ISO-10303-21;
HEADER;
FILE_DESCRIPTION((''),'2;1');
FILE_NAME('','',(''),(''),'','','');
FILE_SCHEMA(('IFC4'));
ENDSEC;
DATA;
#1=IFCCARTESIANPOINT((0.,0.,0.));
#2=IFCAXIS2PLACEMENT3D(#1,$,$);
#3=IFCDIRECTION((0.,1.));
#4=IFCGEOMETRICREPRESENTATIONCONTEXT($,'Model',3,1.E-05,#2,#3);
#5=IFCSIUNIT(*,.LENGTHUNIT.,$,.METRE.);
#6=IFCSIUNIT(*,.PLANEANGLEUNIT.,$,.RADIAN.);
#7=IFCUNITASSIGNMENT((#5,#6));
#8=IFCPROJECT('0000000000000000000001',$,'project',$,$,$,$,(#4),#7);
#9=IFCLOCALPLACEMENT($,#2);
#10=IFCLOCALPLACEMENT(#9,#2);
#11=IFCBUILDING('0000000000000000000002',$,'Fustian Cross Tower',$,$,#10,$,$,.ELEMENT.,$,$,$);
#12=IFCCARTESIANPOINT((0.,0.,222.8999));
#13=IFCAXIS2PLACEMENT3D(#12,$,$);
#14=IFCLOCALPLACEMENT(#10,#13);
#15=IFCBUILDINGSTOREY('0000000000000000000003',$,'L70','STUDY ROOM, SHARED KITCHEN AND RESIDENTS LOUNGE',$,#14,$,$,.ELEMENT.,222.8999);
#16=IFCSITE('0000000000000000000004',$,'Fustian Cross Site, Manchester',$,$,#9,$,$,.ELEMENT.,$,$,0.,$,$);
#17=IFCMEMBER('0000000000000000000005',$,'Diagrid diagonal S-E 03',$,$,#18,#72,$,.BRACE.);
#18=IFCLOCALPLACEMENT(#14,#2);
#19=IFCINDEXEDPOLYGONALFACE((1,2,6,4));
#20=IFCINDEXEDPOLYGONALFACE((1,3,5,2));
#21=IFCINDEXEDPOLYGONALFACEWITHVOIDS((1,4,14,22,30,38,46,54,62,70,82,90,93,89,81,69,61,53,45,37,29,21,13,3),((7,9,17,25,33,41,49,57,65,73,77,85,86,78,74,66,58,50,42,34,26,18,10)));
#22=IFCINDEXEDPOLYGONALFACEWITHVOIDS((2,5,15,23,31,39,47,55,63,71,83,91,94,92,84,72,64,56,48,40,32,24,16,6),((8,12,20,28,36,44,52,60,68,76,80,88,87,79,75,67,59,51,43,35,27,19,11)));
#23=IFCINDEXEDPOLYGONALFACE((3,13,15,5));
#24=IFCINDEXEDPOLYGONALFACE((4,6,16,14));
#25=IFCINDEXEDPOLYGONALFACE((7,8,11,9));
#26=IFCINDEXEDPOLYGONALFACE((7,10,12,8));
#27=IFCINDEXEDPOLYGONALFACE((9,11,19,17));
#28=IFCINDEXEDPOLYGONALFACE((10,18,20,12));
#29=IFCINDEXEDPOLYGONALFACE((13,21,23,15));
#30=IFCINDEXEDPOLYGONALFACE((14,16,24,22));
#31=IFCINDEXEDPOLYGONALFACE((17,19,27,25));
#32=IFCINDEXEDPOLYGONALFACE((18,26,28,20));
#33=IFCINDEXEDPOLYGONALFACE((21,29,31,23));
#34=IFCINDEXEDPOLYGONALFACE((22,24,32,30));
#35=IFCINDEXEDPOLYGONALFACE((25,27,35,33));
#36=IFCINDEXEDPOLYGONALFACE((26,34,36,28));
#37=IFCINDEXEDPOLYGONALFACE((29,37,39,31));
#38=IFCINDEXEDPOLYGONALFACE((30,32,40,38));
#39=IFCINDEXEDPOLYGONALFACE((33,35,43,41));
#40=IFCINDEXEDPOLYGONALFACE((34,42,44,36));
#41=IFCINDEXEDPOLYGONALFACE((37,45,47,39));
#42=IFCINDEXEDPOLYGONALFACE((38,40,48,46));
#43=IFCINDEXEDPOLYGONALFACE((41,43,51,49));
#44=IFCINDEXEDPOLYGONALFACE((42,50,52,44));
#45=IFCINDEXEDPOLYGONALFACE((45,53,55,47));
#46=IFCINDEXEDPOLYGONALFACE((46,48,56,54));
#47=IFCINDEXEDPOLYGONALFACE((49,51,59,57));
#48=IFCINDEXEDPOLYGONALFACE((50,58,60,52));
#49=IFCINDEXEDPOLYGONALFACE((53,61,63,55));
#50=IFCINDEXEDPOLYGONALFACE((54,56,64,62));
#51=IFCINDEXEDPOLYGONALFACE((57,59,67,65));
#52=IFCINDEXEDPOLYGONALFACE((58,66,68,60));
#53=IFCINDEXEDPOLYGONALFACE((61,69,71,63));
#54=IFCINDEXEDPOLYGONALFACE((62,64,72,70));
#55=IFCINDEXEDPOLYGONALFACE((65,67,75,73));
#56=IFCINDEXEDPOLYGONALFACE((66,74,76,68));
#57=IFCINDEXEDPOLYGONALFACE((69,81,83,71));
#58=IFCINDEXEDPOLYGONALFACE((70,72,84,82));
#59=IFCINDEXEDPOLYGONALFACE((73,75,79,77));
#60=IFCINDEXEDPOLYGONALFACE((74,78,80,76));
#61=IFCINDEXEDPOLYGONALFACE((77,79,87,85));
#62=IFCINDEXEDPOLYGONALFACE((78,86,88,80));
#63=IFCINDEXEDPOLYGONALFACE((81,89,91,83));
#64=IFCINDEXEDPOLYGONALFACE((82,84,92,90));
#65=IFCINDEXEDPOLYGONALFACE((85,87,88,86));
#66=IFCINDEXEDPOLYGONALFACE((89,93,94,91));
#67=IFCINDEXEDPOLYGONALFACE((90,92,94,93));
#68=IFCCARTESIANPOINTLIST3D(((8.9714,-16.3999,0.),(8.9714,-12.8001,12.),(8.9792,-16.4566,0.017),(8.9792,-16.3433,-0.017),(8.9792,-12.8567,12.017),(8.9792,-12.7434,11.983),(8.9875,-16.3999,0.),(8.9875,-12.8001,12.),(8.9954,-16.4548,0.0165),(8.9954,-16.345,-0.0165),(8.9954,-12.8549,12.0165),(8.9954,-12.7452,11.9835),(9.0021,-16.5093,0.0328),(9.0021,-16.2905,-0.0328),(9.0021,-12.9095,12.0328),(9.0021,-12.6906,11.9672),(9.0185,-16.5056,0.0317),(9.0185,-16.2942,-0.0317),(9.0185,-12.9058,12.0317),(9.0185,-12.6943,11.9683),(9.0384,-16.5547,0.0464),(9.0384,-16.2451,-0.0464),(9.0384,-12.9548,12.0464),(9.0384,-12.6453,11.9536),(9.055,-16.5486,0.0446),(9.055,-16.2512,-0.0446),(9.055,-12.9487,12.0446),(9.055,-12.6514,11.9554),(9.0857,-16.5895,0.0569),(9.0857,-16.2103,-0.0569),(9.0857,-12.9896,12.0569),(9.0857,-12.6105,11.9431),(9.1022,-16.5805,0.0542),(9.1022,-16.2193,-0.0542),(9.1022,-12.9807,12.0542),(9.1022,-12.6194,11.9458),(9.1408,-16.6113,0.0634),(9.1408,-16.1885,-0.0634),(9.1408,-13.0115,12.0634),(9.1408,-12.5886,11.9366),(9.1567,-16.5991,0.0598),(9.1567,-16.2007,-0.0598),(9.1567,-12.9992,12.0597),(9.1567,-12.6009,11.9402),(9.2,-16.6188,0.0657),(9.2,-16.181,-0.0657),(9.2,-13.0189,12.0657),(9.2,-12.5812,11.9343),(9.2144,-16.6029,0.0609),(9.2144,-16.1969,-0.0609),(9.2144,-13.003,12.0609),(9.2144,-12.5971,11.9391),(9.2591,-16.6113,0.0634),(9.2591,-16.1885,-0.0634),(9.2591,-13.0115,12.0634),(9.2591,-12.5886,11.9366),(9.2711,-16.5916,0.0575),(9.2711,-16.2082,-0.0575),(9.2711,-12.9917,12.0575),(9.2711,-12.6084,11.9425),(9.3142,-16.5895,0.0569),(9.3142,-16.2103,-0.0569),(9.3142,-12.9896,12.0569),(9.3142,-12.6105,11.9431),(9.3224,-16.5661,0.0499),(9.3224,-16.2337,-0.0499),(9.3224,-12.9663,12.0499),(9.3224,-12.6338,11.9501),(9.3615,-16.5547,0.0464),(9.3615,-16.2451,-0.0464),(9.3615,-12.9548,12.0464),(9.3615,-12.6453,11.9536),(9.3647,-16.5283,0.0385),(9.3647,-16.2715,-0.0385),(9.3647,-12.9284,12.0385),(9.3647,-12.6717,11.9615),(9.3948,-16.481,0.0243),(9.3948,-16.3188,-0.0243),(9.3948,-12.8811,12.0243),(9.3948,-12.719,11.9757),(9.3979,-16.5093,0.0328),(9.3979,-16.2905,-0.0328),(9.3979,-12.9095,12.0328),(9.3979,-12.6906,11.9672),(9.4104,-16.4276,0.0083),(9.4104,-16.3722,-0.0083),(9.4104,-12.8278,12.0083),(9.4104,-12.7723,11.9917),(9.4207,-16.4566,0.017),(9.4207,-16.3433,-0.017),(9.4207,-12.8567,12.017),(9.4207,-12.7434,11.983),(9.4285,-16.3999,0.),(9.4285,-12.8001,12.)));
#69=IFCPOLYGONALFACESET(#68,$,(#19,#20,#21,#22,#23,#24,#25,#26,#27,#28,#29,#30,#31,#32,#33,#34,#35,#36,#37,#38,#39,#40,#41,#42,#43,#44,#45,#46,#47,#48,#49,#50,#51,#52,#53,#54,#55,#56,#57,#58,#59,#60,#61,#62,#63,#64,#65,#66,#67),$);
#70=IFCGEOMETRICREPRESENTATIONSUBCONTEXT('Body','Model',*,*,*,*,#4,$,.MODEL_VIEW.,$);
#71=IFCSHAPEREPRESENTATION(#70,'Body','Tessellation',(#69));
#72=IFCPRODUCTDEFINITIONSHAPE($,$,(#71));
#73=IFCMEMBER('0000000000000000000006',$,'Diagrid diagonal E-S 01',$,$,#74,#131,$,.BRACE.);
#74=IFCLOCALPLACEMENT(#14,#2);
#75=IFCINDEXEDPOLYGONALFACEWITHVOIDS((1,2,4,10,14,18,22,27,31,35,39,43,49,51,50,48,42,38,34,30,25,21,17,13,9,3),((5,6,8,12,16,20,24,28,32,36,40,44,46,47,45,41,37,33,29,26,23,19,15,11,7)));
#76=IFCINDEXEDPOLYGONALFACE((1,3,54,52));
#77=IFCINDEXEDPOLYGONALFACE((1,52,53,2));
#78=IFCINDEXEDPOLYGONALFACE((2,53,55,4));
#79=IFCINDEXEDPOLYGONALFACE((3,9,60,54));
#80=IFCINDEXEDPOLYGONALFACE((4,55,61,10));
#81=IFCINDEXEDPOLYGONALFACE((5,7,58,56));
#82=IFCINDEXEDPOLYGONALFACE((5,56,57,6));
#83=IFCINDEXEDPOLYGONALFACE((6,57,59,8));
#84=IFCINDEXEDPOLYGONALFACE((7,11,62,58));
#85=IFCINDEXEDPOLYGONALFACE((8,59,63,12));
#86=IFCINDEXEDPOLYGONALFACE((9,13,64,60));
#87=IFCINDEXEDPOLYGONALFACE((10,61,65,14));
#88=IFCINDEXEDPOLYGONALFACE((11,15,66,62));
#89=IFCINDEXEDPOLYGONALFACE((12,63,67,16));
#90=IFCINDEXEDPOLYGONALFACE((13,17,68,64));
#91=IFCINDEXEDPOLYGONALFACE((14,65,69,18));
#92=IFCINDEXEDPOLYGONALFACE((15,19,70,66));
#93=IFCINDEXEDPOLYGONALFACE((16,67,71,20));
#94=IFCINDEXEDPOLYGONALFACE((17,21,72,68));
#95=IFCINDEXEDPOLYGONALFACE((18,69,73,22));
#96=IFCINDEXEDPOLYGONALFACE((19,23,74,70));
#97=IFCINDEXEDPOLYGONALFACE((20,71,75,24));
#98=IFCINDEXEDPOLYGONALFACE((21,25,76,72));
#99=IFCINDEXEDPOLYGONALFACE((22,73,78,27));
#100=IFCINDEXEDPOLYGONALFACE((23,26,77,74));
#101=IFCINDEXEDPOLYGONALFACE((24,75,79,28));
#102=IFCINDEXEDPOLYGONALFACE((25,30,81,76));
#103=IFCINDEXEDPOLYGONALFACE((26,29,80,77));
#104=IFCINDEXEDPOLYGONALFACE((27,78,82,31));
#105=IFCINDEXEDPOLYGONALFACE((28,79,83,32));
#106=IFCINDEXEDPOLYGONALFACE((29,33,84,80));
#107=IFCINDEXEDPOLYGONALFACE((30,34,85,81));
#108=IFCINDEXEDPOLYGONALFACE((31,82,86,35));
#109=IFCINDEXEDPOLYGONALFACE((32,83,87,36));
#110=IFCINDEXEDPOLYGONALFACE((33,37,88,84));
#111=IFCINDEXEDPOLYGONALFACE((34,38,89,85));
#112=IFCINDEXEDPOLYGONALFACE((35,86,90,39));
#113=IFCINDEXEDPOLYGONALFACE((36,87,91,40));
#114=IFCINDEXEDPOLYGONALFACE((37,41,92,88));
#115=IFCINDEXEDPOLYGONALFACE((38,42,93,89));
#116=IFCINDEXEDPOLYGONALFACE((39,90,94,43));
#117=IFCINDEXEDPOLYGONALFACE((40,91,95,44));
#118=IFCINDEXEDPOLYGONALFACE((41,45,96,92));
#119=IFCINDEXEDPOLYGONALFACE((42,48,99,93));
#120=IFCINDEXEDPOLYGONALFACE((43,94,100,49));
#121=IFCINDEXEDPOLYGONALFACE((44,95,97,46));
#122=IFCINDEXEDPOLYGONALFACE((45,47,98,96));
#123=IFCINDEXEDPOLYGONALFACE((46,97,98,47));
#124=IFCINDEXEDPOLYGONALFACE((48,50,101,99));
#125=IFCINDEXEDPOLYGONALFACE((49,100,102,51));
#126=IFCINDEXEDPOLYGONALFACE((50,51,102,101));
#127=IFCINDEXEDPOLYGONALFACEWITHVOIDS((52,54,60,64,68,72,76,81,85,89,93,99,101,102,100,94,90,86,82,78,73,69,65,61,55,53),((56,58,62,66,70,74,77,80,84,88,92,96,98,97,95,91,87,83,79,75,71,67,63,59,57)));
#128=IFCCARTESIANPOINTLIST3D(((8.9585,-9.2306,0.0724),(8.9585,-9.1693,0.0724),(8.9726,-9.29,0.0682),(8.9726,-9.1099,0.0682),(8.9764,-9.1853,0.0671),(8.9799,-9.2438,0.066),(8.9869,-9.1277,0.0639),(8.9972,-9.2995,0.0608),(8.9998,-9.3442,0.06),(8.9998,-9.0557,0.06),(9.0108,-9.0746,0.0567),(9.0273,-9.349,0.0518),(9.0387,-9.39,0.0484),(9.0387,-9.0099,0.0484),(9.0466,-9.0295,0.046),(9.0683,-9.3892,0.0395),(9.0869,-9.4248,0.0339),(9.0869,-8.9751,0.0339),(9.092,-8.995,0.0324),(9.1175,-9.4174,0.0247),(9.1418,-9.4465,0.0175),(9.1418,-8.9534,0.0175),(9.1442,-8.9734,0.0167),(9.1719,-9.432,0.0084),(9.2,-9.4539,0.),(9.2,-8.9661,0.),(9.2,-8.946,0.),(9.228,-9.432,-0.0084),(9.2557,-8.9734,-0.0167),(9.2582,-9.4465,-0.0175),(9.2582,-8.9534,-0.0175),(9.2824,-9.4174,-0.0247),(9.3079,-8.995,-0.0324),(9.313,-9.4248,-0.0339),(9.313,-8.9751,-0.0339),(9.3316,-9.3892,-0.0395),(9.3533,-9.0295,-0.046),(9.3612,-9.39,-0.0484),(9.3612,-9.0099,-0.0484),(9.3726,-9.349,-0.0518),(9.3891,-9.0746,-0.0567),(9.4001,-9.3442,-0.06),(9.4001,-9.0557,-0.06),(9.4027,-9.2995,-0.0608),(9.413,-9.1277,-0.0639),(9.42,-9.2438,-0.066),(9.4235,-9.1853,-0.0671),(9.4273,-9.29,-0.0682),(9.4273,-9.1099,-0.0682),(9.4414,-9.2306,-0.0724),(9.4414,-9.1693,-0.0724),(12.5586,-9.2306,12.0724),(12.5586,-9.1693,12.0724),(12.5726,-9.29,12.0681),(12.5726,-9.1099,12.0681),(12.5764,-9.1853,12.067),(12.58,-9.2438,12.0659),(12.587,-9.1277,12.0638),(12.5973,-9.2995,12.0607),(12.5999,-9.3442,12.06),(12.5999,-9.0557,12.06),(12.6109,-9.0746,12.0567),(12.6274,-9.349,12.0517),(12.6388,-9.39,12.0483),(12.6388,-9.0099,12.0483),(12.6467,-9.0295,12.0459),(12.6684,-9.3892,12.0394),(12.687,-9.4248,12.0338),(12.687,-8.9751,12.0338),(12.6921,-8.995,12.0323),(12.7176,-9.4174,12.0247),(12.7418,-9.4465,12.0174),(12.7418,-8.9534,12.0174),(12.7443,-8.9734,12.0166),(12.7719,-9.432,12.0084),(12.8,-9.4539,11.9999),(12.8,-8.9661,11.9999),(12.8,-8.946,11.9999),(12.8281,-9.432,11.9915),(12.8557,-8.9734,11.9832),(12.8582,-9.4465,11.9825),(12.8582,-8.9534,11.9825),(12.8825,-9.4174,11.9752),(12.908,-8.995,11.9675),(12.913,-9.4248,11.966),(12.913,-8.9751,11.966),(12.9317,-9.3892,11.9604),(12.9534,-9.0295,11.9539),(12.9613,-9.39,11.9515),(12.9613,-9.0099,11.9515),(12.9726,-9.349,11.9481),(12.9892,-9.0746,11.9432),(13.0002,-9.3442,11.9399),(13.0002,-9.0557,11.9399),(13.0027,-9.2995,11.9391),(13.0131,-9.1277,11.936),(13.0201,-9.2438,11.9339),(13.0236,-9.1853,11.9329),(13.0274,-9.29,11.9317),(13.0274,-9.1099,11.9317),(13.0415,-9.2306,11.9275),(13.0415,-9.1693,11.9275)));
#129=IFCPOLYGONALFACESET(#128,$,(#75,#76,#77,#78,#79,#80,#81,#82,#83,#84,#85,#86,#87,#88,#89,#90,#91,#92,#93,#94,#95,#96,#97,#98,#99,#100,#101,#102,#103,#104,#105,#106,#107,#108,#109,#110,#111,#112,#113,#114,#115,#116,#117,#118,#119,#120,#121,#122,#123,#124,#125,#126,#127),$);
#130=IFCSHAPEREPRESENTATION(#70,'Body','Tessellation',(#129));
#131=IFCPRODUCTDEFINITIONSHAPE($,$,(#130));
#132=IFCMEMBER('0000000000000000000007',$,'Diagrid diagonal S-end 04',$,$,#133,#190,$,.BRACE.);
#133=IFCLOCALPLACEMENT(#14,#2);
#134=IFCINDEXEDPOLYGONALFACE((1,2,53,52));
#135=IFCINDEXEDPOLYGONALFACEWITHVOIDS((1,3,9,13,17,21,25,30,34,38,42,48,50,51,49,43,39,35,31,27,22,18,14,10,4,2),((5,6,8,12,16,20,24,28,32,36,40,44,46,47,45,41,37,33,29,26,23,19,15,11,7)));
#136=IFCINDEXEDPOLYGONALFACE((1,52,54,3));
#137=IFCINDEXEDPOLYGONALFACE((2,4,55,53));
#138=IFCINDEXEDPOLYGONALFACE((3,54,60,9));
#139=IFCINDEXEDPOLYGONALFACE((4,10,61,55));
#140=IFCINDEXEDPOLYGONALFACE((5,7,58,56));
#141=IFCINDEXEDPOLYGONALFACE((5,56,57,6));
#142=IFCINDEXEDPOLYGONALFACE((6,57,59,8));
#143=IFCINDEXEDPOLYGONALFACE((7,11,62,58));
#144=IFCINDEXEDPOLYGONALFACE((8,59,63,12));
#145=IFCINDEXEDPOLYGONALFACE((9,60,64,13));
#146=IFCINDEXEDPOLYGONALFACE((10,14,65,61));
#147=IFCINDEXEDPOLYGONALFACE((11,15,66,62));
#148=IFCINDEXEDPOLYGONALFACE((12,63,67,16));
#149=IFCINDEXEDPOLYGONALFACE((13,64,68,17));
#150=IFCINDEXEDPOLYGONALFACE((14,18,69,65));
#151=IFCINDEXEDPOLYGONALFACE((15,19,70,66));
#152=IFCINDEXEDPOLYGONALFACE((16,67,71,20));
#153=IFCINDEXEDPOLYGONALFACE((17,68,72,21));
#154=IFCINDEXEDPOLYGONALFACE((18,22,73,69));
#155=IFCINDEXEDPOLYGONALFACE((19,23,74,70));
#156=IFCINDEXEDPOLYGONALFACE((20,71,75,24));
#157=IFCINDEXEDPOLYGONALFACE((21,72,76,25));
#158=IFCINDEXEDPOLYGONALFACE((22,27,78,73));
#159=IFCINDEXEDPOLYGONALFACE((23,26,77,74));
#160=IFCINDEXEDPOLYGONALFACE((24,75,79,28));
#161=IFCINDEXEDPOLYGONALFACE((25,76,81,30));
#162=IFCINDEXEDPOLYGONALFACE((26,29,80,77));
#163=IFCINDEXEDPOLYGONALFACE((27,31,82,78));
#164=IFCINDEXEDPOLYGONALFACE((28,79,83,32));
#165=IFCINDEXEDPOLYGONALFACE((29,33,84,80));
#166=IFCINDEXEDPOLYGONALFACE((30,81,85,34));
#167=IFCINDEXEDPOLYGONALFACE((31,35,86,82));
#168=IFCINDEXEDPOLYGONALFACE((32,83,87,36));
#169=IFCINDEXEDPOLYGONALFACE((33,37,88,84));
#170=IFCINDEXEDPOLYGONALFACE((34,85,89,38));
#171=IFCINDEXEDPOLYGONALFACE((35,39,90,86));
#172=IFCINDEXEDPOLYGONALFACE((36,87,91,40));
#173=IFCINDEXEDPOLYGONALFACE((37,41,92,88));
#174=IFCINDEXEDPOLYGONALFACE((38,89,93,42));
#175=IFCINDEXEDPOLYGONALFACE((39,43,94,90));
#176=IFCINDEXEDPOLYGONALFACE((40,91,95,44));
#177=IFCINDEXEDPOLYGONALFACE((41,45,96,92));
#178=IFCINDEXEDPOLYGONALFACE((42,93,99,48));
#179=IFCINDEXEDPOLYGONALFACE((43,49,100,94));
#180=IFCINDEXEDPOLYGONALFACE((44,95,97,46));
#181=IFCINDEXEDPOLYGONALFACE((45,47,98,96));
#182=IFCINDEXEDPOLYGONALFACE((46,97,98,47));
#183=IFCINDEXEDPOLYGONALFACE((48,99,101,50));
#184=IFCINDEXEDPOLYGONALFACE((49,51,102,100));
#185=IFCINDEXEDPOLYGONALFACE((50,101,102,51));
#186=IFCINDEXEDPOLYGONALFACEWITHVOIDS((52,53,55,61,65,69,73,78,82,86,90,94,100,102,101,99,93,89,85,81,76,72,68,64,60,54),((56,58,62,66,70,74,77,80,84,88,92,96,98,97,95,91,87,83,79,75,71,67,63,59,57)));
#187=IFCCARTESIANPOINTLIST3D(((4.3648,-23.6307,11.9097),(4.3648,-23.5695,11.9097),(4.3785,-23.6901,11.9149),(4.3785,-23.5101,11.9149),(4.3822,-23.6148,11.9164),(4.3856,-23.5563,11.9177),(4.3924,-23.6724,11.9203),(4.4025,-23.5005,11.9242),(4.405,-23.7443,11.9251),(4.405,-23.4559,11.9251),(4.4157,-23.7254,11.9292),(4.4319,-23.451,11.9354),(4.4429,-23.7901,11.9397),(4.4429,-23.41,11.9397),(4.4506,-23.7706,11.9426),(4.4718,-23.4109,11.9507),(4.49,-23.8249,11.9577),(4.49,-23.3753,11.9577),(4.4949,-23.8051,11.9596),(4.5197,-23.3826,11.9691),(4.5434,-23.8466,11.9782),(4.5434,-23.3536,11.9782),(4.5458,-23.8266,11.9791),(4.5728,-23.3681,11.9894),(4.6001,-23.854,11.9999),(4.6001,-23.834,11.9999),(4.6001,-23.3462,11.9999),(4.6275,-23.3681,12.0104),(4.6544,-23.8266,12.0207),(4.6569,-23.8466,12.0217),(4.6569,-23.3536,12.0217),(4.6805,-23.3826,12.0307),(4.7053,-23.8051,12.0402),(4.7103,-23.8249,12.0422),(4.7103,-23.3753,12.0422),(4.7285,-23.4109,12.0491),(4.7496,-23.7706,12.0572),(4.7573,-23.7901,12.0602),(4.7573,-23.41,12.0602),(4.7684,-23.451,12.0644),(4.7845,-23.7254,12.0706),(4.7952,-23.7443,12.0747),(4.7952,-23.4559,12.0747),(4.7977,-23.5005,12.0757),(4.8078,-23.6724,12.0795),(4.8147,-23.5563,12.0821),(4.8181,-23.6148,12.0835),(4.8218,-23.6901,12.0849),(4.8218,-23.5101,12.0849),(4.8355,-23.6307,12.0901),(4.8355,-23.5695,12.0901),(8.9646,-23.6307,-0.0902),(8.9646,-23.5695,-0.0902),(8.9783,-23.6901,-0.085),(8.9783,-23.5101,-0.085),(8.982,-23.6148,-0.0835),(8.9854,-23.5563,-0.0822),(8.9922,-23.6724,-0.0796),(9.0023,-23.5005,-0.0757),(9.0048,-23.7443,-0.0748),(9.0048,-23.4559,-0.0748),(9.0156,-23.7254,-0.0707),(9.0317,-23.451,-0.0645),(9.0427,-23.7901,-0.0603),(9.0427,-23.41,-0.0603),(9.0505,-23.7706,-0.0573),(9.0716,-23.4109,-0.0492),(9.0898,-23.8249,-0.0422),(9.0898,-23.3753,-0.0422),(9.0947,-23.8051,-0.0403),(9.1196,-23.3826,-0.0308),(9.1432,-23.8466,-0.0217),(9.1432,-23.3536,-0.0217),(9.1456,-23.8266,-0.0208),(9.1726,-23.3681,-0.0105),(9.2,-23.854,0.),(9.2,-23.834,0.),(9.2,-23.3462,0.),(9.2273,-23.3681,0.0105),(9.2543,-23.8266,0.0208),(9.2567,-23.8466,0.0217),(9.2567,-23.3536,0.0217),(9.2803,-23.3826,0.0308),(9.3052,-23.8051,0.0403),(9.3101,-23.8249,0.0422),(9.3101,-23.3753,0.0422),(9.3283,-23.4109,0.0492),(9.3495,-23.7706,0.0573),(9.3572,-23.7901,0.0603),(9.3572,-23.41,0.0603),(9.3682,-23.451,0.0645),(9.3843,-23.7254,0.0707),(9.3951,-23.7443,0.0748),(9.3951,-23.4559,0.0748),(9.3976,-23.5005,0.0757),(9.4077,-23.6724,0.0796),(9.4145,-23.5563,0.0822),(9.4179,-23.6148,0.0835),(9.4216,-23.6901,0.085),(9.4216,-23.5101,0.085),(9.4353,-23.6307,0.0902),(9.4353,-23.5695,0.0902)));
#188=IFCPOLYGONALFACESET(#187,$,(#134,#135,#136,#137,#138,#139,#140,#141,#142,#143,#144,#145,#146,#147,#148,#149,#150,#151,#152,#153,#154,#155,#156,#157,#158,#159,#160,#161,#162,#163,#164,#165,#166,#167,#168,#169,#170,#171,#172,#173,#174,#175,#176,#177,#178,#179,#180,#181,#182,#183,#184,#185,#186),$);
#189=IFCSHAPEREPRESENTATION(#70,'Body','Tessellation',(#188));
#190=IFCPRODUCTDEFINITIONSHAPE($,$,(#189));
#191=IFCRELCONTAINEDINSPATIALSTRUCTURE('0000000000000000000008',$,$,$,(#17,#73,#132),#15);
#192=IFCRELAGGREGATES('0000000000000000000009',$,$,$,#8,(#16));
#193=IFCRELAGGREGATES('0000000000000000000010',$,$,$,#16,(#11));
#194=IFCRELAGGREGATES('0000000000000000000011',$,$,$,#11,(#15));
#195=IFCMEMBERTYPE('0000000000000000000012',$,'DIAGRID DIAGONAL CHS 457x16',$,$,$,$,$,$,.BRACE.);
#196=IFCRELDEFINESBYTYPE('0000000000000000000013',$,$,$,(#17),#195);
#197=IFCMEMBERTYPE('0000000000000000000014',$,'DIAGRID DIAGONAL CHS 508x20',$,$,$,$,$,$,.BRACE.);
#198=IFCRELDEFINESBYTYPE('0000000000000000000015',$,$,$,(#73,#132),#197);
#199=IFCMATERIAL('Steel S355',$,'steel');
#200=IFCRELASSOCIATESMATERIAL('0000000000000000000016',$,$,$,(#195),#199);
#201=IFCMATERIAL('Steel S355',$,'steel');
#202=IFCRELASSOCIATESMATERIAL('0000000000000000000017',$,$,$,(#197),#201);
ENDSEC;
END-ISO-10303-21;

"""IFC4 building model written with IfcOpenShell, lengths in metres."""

from ifc_helpers import new_model, si_unit, direction, frame, origin, origin_2d, place, context, subcontext, project, spatial, hollow_circle, extrude, material, material_profile, profile_set, type_object, element, save


model = new_model("IFC4")

# Units and contexts
model_context = context("Model", 3, precision=1e-05, world=origin(), true_north=direction((0.0, 1.0)))
body_context = subcontext(model_context, "Body", "Model", "MODEL_VIEW")
ifc_project = project(units=[si_unit("LENGTHUNIT", "METRE"), si_unit("PLANEANGLEUNIT", "RADIAN")], contexts=[model_context])

# Site, building, storey
site_placement = place(None, origin())
site = spatial("IfcSite", under=ifc_project, at=site_placement, Name="Fustian Cross Site, Manchester", CompositionType="ELEMENT", RefElevation=0.0)
building_placement = place(site_placement, origin())
building = spatial("IfcBuilding", under=site, at=building_placement, Name="Fustian Cross Tower", CompositionType="ELEMENT")
storey_placement = place(building_placement, frame((0.0, 0.0, 222.8999)))
storey = spatial("IfcBuildingStorey", under=building, at=storey_placement, Name="L70", Description="STUDY ROOM, SHARED KITCHEN AND RESIDENTS LOUNGE", CompositionType="ELEMENT", Elevation=222.8999)

# Members
ifc_material_1 = material(Name="Steel S355", Category="steel")
ifc_material_profile_1 = material_profile(ifc_material_1, hollow_circle(Radius=0.2285, WallThickness=0.0161, at=origin_2d()), Name="CHS 457x16")
ifc_profile_set_1 = profile_set([ifc_material_profile_1], Name="Steel S355")
member_type_1 = type_object("IfcMemberType", Name="DIAGRID DIAGONAL CHS 457x16", PredefinedType="BRACE", material=ifc_profile_set_1)
for number, where, z_axis, x_axis, name in (
    (1, (9.2, -16.3999, 0.0), (0.0, 0.287337, 0.95783), (-1.0, 0.0, 0.0), "Diagrid diagonal S-E 03"),
):
    element("IfcMember", number, at=place(storey_placement, frame(where, z_axis=z_axis, x_axis=x_axis)), inside=storey, type_object=member_type_1, Name=name, PredefinedType="BRACE", context=body_context, shape_type="SweptSolid", body=[
        extrude(hollow_circle(Radius=0.2285, WallThickness=0.0161, at=origin_2d()), origin(), (0.0, 0.0, 1.0), 12.5283),
    ])
ifc_material_2 = material(Name="Steel S355", Category="steel")
ifc_material_profile_2 = material_profile(ifc_material_2, hollow_circle(Radius=0.2539, WallThickness=0.02, at=origin_2d()), Name="CHS 508x20")
ifc_profile_set_2 = profile_set([ifc_material_profile_2], Name="Steel S355")
member_type_2 = type_object("IfcMemberType", Name="DIAGRID DIAGONAL CHS 508x20", PredefinedType="BRACE", material=ifc_profile_set_2)
member_1_placement = place(storey_placement, frame((9.2, -9.2, 0.0), z_axis=(0.287355, 0.0, 0.957824), x_axis=(0.0, 1.0, 0.0)))
element("IfcMember", 2, at=member_1_placement, inside=storey, type_object=member_type_2, Name="Diagrid diagonal E-S 01", PredefinedType="BRACE", context=body_context, shape_type="SweptSolid", body=[
    extrude(hollow_circle(Radius=0.2539, WallThickness=0.02, at=origin_2d()), origin(), (0.0, 0.0, 1.0), 12.5283),
])
member_2_placement = place(storey_placement, frame((9.2, -23.6001, 0.0), z_axis=(-0.357926, 0.0, 0.93375), x_axis=(0.0, -1.0, 0.0)))
element("IfcMember", 3, at=member_2_placement, inside=storey, type_object=member_type_2, Name="Diagrid diagonal S-end 04", PredefinedType="BRACE", context=body_context, shape_type="SweptSolid", body=[
    extrude(hollow_circle(Radius=0.2539, WallThickness=0.02, at=origin_2d()), origin(), (0.0, 0.0, 1.0), 12.8513),
])

save(model, "model.ifc")
